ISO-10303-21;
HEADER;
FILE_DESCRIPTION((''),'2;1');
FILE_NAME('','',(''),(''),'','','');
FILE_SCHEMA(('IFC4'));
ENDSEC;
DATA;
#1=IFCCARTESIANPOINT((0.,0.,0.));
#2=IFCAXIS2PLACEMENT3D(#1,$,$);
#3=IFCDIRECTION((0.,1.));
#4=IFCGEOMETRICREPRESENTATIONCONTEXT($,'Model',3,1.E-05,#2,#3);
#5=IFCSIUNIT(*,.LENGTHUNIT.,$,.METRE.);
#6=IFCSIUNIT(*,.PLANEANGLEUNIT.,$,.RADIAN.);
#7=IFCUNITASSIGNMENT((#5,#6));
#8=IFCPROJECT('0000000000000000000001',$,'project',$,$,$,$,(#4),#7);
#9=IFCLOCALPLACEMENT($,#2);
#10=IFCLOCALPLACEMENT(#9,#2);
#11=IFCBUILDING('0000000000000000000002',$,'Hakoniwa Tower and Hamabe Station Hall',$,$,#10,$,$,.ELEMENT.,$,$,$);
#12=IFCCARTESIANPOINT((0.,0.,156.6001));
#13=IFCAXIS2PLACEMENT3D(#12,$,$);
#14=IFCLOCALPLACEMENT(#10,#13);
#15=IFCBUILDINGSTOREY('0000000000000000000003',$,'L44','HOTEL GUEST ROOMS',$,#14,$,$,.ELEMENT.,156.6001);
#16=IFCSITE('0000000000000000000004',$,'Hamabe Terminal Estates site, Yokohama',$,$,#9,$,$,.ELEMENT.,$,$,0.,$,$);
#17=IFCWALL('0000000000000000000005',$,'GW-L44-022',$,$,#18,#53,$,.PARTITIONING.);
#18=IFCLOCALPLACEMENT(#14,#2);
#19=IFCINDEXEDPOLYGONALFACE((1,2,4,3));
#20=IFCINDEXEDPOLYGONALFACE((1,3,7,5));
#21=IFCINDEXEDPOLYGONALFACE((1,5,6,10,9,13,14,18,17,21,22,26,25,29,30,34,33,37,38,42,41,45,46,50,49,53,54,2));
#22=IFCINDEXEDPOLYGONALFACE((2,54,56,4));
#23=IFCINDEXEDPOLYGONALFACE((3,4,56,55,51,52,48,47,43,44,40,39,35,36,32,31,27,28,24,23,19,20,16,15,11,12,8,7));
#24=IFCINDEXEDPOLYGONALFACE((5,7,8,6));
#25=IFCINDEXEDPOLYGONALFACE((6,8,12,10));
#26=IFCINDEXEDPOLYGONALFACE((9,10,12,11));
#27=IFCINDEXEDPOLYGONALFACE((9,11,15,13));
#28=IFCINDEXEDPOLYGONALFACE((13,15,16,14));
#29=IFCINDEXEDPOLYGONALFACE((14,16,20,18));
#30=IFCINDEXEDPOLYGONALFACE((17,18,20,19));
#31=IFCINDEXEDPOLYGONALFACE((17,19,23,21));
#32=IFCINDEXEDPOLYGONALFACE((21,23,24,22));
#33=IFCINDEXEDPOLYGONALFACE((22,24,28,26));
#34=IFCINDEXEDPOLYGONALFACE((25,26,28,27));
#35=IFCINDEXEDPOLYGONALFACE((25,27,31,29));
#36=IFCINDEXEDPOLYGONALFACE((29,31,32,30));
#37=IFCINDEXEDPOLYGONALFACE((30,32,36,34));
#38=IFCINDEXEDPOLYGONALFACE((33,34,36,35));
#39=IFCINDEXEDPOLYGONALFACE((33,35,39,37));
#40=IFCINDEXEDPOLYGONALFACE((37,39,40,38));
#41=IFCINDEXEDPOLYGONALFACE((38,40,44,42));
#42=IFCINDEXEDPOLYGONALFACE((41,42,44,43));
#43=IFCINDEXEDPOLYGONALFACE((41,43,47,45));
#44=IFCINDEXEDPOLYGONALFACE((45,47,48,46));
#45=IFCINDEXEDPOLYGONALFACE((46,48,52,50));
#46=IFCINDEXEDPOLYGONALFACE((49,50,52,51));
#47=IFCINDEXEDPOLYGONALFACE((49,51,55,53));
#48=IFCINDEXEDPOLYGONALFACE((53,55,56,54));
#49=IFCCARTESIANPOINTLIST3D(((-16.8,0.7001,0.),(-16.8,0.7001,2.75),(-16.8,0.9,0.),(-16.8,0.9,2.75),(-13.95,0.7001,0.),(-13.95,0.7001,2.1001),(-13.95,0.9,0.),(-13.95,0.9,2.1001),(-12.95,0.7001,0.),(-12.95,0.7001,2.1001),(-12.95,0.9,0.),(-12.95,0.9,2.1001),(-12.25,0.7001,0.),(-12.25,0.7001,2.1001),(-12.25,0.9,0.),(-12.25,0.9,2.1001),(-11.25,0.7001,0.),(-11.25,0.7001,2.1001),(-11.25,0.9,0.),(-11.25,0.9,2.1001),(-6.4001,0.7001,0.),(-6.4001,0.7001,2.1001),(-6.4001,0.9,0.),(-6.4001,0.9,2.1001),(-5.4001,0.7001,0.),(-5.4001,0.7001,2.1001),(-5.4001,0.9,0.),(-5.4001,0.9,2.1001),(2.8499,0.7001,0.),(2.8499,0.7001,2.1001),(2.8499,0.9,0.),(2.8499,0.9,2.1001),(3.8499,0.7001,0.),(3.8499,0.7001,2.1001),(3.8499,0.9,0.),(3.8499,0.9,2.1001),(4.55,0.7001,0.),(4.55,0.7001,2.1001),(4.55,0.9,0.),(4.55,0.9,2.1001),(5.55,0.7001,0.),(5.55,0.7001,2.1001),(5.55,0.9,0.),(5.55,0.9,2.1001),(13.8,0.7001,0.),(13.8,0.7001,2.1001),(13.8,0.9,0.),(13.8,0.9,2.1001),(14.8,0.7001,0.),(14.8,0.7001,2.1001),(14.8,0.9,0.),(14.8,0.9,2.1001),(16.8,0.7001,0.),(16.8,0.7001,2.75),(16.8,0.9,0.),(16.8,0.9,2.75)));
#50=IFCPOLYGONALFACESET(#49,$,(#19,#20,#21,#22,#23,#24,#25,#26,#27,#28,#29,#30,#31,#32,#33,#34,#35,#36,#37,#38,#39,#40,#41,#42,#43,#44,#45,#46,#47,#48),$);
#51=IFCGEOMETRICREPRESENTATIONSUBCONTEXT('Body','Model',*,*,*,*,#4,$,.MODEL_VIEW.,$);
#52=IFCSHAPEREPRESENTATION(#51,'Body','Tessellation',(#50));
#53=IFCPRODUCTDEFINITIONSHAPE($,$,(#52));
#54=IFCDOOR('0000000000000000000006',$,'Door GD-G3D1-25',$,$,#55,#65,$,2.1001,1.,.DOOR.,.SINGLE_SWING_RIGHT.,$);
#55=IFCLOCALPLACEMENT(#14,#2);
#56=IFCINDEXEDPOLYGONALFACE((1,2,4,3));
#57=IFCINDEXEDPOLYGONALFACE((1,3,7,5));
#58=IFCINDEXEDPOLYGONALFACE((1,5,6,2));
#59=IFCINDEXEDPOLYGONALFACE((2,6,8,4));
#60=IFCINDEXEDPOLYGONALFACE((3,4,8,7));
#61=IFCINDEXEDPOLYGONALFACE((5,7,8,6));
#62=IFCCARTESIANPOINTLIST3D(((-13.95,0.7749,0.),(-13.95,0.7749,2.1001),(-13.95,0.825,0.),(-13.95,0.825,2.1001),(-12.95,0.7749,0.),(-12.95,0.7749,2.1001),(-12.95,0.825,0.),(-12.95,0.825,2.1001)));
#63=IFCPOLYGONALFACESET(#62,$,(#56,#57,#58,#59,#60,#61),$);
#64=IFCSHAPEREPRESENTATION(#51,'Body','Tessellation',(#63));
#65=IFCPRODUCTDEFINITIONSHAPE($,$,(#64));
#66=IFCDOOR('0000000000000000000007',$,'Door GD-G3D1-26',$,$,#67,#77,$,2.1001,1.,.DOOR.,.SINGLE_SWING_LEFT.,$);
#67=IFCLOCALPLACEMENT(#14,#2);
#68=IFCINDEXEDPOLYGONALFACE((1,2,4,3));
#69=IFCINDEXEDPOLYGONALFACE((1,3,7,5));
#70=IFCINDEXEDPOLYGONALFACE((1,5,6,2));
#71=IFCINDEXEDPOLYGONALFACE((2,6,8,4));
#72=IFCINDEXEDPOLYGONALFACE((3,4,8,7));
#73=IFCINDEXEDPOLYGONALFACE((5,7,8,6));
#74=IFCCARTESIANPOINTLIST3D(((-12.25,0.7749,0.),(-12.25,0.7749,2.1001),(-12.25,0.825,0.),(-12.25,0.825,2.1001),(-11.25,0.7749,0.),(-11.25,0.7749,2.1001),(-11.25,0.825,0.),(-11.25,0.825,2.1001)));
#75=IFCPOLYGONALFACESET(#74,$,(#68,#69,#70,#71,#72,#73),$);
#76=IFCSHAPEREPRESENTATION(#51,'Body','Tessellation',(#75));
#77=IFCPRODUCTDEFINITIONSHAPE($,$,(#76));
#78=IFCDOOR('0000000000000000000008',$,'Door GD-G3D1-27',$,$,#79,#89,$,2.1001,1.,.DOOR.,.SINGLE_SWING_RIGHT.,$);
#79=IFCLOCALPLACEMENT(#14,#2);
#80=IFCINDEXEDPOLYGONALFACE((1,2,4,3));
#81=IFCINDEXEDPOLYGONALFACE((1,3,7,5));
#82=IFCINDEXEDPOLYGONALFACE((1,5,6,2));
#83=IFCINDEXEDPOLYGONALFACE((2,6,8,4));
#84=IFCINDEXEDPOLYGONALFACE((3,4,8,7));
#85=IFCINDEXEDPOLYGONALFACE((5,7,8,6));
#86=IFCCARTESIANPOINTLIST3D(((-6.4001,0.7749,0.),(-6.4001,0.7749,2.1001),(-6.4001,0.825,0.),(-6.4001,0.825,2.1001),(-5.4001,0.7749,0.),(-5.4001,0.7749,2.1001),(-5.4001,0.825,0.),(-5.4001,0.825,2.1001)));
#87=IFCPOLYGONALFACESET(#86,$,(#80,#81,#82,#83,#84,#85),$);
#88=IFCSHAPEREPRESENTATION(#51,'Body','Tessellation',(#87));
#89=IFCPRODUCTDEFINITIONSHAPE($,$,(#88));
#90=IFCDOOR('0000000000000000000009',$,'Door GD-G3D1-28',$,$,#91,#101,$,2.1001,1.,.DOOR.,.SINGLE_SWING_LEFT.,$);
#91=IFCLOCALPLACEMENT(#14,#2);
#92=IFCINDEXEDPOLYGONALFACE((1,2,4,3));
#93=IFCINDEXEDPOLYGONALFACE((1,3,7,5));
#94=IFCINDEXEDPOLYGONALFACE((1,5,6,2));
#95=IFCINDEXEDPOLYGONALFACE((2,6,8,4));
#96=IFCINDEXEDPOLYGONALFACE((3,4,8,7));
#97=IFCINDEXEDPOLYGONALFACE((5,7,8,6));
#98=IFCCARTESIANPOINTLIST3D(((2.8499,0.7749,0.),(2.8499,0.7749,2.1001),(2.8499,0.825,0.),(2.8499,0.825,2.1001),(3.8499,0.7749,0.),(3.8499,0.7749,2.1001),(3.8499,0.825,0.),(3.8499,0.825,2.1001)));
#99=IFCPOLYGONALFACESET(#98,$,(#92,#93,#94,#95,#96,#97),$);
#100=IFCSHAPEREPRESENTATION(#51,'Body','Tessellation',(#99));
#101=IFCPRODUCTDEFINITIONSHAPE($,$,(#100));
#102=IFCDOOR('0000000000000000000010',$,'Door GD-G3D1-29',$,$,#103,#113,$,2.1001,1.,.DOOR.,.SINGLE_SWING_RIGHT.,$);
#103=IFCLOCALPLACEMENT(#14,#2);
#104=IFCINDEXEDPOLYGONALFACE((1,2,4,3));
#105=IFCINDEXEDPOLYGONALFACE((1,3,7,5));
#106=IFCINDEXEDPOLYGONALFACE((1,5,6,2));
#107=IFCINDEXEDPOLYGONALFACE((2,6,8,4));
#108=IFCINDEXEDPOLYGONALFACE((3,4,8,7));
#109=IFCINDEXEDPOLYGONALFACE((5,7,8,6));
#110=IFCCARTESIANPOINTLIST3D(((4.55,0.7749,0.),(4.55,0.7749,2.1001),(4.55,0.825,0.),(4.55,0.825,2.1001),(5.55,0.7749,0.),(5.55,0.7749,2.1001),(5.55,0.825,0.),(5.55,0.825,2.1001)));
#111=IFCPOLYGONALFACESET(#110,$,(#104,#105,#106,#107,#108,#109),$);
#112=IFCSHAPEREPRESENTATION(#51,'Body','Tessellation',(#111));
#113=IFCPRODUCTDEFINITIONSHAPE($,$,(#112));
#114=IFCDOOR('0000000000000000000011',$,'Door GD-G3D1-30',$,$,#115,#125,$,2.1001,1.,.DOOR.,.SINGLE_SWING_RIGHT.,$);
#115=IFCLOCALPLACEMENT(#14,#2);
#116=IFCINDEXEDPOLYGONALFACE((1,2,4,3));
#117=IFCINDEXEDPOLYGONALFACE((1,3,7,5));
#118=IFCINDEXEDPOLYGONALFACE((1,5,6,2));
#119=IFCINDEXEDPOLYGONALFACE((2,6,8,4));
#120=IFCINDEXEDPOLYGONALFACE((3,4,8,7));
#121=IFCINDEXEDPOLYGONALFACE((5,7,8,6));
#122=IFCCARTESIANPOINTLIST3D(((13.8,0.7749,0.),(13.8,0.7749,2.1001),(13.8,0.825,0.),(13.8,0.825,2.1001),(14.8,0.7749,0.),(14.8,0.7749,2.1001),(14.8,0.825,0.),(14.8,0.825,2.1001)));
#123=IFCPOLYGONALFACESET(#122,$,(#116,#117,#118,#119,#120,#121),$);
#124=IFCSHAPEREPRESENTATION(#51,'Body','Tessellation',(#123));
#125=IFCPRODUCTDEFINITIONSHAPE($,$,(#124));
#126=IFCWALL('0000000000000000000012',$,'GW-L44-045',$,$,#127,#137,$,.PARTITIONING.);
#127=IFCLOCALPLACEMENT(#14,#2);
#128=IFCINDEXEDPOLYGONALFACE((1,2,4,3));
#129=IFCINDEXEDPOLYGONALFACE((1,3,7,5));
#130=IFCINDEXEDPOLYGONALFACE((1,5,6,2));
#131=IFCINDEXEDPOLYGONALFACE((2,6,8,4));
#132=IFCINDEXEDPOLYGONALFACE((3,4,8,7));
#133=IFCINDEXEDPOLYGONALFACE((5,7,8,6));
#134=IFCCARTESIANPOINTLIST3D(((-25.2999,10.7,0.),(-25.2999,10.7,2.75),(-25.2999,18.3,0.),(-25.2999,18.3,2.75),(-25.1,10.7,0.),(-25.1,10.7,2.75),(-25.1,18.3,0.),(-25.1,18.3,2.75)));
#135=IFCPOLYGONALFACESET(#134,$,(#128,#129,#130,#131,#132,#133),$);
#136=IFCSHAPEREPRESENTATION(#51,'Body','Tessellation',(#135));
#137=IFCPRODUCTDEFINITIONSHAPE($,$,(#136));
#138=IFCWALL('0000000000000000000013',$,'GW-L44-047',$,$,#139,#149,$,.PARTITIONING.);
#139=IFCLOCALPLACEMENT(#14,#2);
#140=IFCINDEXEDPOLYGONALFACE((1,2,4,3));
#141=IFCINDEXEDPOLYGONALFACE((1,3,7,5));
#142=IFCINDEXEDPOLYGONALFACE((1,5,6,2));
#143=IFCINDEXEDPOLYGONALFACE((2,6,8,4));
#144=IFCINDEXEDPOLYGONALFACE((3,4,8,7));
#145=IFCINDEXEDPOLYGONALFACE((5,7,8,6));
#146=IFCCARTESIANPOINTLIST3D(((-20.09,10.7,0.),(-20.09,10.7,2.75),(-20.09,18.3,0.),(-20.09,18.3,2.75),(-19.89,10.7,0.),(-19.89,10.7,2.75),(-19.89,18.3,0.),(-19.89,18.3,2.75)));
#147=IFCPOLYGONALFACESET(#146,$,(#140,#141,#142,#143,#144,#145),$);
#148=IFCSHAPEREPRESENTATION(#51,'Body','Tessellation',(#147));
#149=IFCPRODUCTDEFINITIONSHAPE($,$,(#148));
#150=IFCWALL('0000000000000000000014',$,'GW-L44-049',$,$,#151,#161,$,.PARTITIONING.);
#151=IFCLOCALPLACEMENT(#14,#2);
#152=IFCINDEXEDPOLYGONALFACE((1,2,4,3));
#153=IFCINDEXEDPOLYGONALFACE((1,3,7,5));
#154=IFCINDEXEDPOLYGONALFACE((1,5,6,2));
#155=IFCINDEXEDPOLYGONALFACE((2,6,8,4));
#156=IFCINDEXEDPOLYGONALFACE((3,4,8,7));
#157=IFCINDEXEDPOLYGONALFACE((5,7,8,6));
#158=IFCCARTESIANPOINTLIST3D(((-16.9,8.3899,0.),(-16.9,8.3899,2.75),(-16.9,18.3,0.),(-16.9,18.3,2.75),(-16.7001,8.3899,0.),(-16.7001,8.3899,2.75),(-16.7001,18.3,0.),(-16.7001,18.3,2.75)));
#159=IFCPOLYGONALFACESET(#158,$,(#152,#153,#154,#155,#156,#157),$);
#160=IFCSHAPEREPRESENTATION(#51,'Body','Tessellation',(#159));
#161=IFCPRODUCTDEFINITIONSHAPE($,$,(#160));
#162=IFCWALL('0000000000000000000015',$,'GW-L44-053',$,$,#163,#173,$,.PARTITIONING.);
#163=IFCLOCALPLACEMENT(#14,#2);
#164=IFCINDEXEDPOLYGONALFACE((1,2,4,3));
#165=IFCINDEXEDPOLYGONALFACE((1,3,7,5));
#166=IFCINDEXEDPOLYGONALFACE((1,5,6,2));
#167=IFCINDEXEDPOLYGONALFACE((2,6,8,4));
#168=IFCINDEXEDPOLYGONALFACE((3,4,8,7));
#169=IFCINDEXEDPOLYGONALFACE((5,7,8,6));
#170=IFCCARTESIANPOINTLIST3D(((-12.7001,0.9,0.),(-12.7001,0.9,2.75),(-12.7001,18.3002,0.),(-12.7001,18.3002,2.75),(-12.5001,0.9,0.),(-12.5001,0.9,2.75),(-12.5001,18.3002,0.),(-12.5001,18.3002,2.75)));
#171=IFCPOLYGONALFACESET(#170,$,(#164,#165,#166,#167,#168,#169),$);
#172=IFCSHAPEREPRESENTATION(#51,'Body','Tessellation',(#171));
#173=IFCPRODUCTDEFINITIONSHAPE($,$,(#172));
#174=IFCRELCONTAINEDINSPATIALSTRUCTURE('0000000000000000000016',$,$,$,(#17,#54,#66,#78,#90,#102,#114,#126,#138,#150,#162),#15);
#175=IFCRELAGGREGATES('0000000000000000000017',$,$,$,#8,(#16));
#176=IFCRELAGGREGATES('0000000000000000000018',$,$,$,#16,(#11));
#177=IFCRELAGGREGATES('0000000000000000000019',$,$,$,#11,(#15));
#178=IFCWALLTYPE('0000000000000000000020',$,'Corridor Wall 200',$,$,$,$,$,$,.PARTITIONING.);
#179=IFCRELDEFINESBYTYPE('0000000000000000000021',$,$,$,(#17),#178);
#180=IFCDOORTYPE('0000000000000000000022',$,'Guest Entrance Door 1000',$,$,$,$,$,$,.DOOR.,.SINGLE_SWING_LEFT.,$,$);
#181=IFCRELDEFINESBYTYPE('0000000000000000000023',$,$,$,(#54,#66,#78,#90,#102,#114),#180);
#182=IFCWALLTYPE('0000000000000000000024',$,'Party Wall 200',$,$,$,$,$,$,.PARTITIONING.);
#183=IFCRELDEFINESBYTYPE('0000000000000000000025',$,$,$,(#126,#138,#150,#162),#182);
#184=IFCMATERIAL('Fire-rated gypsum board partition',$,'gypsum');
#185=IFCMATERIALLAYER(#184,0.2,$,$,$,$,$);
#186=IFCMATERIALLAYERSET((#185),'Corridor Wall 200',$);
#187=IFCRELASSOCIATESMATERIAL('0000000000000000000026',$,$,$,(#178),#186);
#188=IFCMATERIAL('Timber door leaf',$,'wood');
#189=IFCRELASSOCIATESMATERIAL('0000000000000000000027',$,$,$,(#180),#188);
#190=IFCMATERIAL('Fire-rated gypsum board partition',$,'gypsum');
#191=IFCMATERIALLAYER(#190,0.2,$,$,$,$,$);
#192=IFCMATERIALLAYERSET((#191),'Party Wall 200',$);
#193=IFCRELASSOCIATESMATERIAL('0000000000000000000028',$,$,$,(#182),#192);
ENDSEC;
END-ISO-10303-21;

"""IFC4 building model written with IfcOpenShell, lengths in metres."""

from ifc_helpers import new_model, si_unit, direction, frame, frame_2d, origin, place, context, subcontext, project, spatial, rectangle, extrude, material, layer, layer_set, type_object, element, fill, save


model = new_model("IFC4")

# Units and contexts
model_context = context("Model", 3, precision=1e-05, world=origin(), true_north=direction((0.0, 1.0)))
body_context = subcontext(model_context, "Body", "Model", "MODEL_VIEW")
ifc_project = project(units=[si_unit("LENGTHUNIT", "METRE"), si_unit("PLANEANGLEUNIT", "RADIAN")], contexts=[model_context])

# Site, building, storey
site_placement = place(None, origin())
site = spatial("IfcSite", under=ifc_project, at=site_placement, Name="Hamabe Terminal Estates site, Yokohama", CompositionType="ELEMENT", RefElevation=0.0)
building_placement = place(site_placement, origin())
building = spatial("IfcBuilding", under=site, at=building_placement, Name="Hakoniwa Tower and Hamabe Station Hall", CompositionType="ELEMENT")
storey_placement = place(building_placement, frame((0.0, 0.0, 156.6001)))
storey = spatial("IfcBuildingStorey", under=building, at=storey_placement, Name="L44", Description="HOTEL GUEST ROOMS", CompositionType="ELEMENT", Elevation=156.6001)

# Wall, openings, doors
ifc_material_1 = material(Name="Fire-rated gypsum board partition", Category="gypsum")
ifc_layer_1 = layer(ifc_material_1, 0.2)
ifc_layer_set_1 = layer_set([ifc_layer_1], Name="Corridor Wall 200")
wall_type_1 = type_object("IfcWallType", Name="Corridor Wall 200", PredefinedType="PARTITIONING", material=ifc_layer_set_1)
wall_1_placement = place(storey_placement, frame((-16.8, 0.8, 0.0), z_axis=(0.0, 0.0, 1.0), x_axis=(1.0, 0.0, 0.0)))
wall_1 = element("IfcWall", 1, at=wall_1_placement, inside=storey, type_object=wall_type_1, Name="GW-L44-022", PredefinedType="PARTITIONING", context=body_context, shape_type="SweptSolid", body=[
    extrude(rectangle(XDim=33.6001, YDim=0.2, at=frame_2d((16.8, 0.0))), origin(), (0.0, 0.0, 1.0), 2.75),
])
opening_1_placement = place(wall_1_placement, frame((2.8501, 0.0, 0.0)))
opening_1 = element("IfcOpeningElement", 2, at=opening_1_placement, cuts=wall_1, PredefinedType="OPENING", context=body_context, shape_type="SweptSolid", body=[
    extrude(rectangle(XDim=1.0, YDim=2.1001, at=frame_2d((0.5, 1.05))), frame((0.0, 0.1099, 0.0), z_axis=(0.0, -1.0, 0.0), x_axis=(1.0, 0.0, 0.0)), (0.0, 0.0, 1.0), 0.22),
])
opening_2_placement = place(wall_1_placement, frame((4.55, 0.0, 0.0)))
opening_2 = element("IfcOpeningElement", 3, at=opening_2_placement, cuts=wall_1, PredefinedType="OPENING", context=body_context, shape_type="SweptSolid", body=[
    extrude(rectangle(XDim=1.0, YDim=2.1001, at=frame_2d((0.5, 1.05))), frame((0.0, 0.1099, 0.0), z_axis=(0.0, -1.0, 0.0), x_axis=(1.0, 0.0, 0.0)), (0.0, 0.0, 1.0), 0.22),
])
opening_3_placement = place(wall_1_placement, frame((10.3999, 0.0, 0.0)))
opening_3 = element("IfcOpeningElement", 4, at=opening_3_placement, cuts=wall_1, PredefinedType="OPENING", context=body_context, shape_type="SweptSolid", body=[
    extrude(rectangle(XDim=1.0, YDim=2.1001, at=frame_2d((0.5, 1.05))), frame((0.0, 0.1099, 0.0), z_axis=(0.0, -1.0, 0.0), x_axis=(1.0, 0.0, 0.0)), (0.0, 0.0, 1.0), 0.22),
])
opening_4_placement = place(wall_1_placement, frame((19.6499, 0.0, 0.0)))
opening_4 = element("IfcOpeningElement", 5, at=opening_4_placement, cuts=wall_1, PredefinedType="OPENING", context=body_context, shape_type="SweptSolid", body=[
    extrude(rectangle(XDim=1.0, YDim=2.1001, at=frame_2d((0.5, 1.05))), frame((0.0, 0.1099, 0.0), z_axis=(0.0, -1.0, 0.0), x_axis=(1.0, 0.0, 0.0)), (0.0, 0.0, 1.0), 0.22),
])
opening_5_placement = place(wall_1_placement, frame((21.3501, 0.0, 0.0)))
opening_5 = element("IfcOpeningElement", 6, at=opening_5_placement, cuts=wall_1, PredefinedType="OPENING", context=body_context, shape_type="SweptSolid", body=[
    extrude(rectangle(XDim=1.0, YDim=2.1001, at=frame_2d((0.5, 1.05))), frame((0.0, 0.1099, 0.0), z_axis=(0.0, -1.0, 0.0), x_axis=(1.0, 0.0, 0.0)), (0.0, 0.0, 1.0), 0.22),
])
opening_6_placement = place(wall_1_placement, frame((30.6001, 0.0, 0.0)))
opening_6 = element("IfcOpeningElement", 7, at=opening_6_placement, cuts=wall_1, PredefinedType="OPENING", context=body_context, shape_type="SweptSolid", body=[
    extrude(rectangle(XDim=1.0, YDim=2.1001, at=frame_2d((0.5, 1.05))), frame((0.0, 0.1099, 0.0), z_axis=(0.0, -1.0, 0.0), x_axis=(1.0, 0.0, 0.0)), (0.0, 0.0, 1.0), 0.22),
])
ifc_material_2 = material(Name="Timber door leaf", Category="wood")
door_type_1 = type_object("IfcDoorType", Name="Guest Entrance Door 1000", OperationType="SINGLE_SWING_LEFT", PredefinedType="DOOR", material=ifc_material_2)
door_1_placement = place(opening_1_placement, origin())
door_1 = element("IfcDoor", 8, at=door_1_placement, inside=storey, type_object=door_type_1, Name="Door GD-G3D1-25", OperationType="SINGLE_SWING_RIGHT", OverallHeight=2.1001, OverallWidth=1.0, PredefinedType="DOOR", context=body_context, shape_type="SweptSolid", body=[
    extrude(rectangle(XDim=1.0, YDim=2.1001, at=frame_2d((0.5, 1.05))), frame((0.0, 0.0249, 0.0), z_axis=(0.0, -1.0, 0.0), x_axis=(1.0, 0.0, 0.0)), (0.0, 0.0, 1.0), 0.05),
])
fill(opening_1, door_1)
door_2_placement = place(opening_2_placement, origin())
door_2 = element("IfcDoor", 9, at=door_2_placement, inside=storey, type_object=door_type_1, Name="Door GD-G3D1-26", OperationType="SINGLE_SWING_LEFT", OverallHeight=2.1001, OverallWidth=1.0, PredefinedType="DOOR", context=body_context, shape_type="SweptSolid", body=[
    extrude(rectangle(XDim=1.0, YDim=2.1001, at=frame_2d((0.5, 1.05))), frame((0.0, 0.0249, 0.0), z_axis=(0.0, -1.0, 0.0), x_axis=(1.0, 0.0, 0.0)), (0.0, 0.0, 1.0), 0.05),
])
fill(opening_2, door_2)
door_3_placement = place(opening_3_placement, origin())
door_3 = element("IfcDoor", 10, at=door_3_placement, inside=storey, type_object=door_type_1, Name="Door GD-G3D1-27", OperationType="SINGLE_SWING_RIGHT", OverallHeight=2.1001, OverallWidth=1.0, PredefinedType="DOOR", context=body_context, shape_type="SweptSolid", body=[
    extrude(rectangle(XDim=1.0, YDim=2.1001, at=frame_2d((0.5, 1.05))), frame((0.0, 0.0249, 0.0), z_axis=(0.0, -1.0, 0.0), x_axis=(1.0, 0.0, 0.0)), (0.0, 0.0, 1.0), 0.05),
])
fill(opening_3, door_3)
door_4_placement = place(opening_4_placement, origin())
door_4 = element("IfcDoor", 11, at=door_4_placement, inside=storey, type_object=door_type_1, Name="Door GD-G3D1-28", OperationType="SINGLE_SWING_LEFT", OverallHeight=2.1001, OverallWidth=1.0, PredefinedType="DOOR", context=body_context, shape_type="SweptSolid", body=[
    extrude(rectangle(XDim=1.0, YDim=2.1001, at=frame_2d((0.5, 1.05))), frame((0.0, 0.0249, 0.0), z_axis=(0.0, -1.0, 0.0), x_axis=(1.0, 0.0, 0.0)), (0.0, 0.0, 1.0), 0.05),
])
fill(opening_4, door_4)
door_5_placement = place(opening_5_placement, origin())
door_5 = element("IfcDoor", 12, at=door_5_placement, inside=storey, type_object=door_type_1, Name="Door GD-G3D1-29", OperationType="SINGLE_SWING_RIGHT", OverallHeight=2.1001, OverallWidth=1.0, PredefinedType="DOOR", context=body_context, shape_type="SweptSolid", body=[
    extrude(rectangle(XDim=1.0, YDim=2.1001, at=frame_2d((0.5, 1.05))), frame((0.0, 0.0249, 0.0), z_axis=(0.0, -1.0, 0.0), x_axis=(1.0, 0.0, 0.0)), (0.0, 0.0, 1.0), 0.05),
])
fill(opening_5, door_5)
door_6_placement = place(opening_6_placement, origin())
door_6 = element("IfcDoor", 13, at=door_6_placement, inside=storey, type_object=door_type_1, Name="Door GD-G3D1-30", OperationType="SINGLE_SWING_RIGHT", OverallHeight=2.1001, OverallWidth=1.0, PredefinedType="DOOR", context=body_context, shape_type="SweptSolid", body=[
    extrude(rectangle(XDim=1.0, YDim=2.1001, at=frame_2d((0.5, 1.05))), frame((0.0, 0.0249, 0.0), z_axis=(0.0, -1.0, 0.0), x_axis=(1.0, 0.0, 0.0)), (0.0, 0.0, 1.0), 0.05),
])
fill(opening_6, door_6)

# Walls
ifc_material_3 = material(Name="Fire-rated gypsum board partition", Category="gypsum")
ifc_layer_2 = layer(ifc_material_3, 0.2)
ifc_layer_set_2 = layer_set([ifc_layer_2], Name="Party Wall 200")
wall_type_2 = type_object("IfcWallType", Name="Party Wall 200", PredefinedType="PARTITIONING", material=ifc_layer_set_2)
for number, where, z_axis, x_axis, name in (
    (14, (-25.2, 10.7, 0.0), (0.0, 0.0, 1.0), (0.0, 1.0, 0.0), "GW-L44-045"),
    (15, (-19.99, 10.7, 0.0), (0.0, 0.0, 1.0), (0.0, 1.0, 0.0), "GW-L44-047"),
):
    element("IfcWall", number, at=place(storey_placement, frame(where, z_axis=z_axis, x_axis=x_axis)), inside=storey, type_object=wall_type_2, Name=name, PredefinedType="PARTITIONING", context=body_context, shape_type="SweptSolid", body=[
        extrude(rectangle(XDim=7.6001, YDim=0.2, at=frame_2d((3.8, 0.0))), origin(), (0.0, 0.0, 1.0), 2.75),
    ])
wall_2_placement = place(storey_placement, frame((-16.8, 8.3899, 0.0), z_axis=(0.0, 0.0, 1.0), x_axis=(0.0, 1.0, 0.0)))
element("IfcWall", 16, at=wall_2_placement, inside=storey, type_object=wall_type_2, Name="GW-L44-049", PredefinedType="PARTITIONING", context=body_context, shape_type="SweptSolid", body=[
    extrude(rectangle(XDim=9.9102, YDim=0.2, at=frame_2d((4.9551, 0.0))), origin(), (0.0, 0.0, 1.0), 2.75),
])
wall_3_placement = place(storey_placement, frame((-12.6001, 0.8999, 0.0), z_axis=(0.0, 0.0, 1.0), x_axis=(0.0, 1.0, 0.0)))
element("IfcWall", 17, at=wall_3_placement, inside=storey, type_object=wall_type_2, Name="GW-L44-053", PredefinedType="PARTITIONING", context=body_context, shape_type="SweptSolid", body=[
    extrude(rectangle(XDim=17.4001, YDim=0.2, at=frame_2d((8.7002, 0.0))), origin(), (0.0, 0.0, 1.0), 2.75),
])

save(model, "model.ifc")
